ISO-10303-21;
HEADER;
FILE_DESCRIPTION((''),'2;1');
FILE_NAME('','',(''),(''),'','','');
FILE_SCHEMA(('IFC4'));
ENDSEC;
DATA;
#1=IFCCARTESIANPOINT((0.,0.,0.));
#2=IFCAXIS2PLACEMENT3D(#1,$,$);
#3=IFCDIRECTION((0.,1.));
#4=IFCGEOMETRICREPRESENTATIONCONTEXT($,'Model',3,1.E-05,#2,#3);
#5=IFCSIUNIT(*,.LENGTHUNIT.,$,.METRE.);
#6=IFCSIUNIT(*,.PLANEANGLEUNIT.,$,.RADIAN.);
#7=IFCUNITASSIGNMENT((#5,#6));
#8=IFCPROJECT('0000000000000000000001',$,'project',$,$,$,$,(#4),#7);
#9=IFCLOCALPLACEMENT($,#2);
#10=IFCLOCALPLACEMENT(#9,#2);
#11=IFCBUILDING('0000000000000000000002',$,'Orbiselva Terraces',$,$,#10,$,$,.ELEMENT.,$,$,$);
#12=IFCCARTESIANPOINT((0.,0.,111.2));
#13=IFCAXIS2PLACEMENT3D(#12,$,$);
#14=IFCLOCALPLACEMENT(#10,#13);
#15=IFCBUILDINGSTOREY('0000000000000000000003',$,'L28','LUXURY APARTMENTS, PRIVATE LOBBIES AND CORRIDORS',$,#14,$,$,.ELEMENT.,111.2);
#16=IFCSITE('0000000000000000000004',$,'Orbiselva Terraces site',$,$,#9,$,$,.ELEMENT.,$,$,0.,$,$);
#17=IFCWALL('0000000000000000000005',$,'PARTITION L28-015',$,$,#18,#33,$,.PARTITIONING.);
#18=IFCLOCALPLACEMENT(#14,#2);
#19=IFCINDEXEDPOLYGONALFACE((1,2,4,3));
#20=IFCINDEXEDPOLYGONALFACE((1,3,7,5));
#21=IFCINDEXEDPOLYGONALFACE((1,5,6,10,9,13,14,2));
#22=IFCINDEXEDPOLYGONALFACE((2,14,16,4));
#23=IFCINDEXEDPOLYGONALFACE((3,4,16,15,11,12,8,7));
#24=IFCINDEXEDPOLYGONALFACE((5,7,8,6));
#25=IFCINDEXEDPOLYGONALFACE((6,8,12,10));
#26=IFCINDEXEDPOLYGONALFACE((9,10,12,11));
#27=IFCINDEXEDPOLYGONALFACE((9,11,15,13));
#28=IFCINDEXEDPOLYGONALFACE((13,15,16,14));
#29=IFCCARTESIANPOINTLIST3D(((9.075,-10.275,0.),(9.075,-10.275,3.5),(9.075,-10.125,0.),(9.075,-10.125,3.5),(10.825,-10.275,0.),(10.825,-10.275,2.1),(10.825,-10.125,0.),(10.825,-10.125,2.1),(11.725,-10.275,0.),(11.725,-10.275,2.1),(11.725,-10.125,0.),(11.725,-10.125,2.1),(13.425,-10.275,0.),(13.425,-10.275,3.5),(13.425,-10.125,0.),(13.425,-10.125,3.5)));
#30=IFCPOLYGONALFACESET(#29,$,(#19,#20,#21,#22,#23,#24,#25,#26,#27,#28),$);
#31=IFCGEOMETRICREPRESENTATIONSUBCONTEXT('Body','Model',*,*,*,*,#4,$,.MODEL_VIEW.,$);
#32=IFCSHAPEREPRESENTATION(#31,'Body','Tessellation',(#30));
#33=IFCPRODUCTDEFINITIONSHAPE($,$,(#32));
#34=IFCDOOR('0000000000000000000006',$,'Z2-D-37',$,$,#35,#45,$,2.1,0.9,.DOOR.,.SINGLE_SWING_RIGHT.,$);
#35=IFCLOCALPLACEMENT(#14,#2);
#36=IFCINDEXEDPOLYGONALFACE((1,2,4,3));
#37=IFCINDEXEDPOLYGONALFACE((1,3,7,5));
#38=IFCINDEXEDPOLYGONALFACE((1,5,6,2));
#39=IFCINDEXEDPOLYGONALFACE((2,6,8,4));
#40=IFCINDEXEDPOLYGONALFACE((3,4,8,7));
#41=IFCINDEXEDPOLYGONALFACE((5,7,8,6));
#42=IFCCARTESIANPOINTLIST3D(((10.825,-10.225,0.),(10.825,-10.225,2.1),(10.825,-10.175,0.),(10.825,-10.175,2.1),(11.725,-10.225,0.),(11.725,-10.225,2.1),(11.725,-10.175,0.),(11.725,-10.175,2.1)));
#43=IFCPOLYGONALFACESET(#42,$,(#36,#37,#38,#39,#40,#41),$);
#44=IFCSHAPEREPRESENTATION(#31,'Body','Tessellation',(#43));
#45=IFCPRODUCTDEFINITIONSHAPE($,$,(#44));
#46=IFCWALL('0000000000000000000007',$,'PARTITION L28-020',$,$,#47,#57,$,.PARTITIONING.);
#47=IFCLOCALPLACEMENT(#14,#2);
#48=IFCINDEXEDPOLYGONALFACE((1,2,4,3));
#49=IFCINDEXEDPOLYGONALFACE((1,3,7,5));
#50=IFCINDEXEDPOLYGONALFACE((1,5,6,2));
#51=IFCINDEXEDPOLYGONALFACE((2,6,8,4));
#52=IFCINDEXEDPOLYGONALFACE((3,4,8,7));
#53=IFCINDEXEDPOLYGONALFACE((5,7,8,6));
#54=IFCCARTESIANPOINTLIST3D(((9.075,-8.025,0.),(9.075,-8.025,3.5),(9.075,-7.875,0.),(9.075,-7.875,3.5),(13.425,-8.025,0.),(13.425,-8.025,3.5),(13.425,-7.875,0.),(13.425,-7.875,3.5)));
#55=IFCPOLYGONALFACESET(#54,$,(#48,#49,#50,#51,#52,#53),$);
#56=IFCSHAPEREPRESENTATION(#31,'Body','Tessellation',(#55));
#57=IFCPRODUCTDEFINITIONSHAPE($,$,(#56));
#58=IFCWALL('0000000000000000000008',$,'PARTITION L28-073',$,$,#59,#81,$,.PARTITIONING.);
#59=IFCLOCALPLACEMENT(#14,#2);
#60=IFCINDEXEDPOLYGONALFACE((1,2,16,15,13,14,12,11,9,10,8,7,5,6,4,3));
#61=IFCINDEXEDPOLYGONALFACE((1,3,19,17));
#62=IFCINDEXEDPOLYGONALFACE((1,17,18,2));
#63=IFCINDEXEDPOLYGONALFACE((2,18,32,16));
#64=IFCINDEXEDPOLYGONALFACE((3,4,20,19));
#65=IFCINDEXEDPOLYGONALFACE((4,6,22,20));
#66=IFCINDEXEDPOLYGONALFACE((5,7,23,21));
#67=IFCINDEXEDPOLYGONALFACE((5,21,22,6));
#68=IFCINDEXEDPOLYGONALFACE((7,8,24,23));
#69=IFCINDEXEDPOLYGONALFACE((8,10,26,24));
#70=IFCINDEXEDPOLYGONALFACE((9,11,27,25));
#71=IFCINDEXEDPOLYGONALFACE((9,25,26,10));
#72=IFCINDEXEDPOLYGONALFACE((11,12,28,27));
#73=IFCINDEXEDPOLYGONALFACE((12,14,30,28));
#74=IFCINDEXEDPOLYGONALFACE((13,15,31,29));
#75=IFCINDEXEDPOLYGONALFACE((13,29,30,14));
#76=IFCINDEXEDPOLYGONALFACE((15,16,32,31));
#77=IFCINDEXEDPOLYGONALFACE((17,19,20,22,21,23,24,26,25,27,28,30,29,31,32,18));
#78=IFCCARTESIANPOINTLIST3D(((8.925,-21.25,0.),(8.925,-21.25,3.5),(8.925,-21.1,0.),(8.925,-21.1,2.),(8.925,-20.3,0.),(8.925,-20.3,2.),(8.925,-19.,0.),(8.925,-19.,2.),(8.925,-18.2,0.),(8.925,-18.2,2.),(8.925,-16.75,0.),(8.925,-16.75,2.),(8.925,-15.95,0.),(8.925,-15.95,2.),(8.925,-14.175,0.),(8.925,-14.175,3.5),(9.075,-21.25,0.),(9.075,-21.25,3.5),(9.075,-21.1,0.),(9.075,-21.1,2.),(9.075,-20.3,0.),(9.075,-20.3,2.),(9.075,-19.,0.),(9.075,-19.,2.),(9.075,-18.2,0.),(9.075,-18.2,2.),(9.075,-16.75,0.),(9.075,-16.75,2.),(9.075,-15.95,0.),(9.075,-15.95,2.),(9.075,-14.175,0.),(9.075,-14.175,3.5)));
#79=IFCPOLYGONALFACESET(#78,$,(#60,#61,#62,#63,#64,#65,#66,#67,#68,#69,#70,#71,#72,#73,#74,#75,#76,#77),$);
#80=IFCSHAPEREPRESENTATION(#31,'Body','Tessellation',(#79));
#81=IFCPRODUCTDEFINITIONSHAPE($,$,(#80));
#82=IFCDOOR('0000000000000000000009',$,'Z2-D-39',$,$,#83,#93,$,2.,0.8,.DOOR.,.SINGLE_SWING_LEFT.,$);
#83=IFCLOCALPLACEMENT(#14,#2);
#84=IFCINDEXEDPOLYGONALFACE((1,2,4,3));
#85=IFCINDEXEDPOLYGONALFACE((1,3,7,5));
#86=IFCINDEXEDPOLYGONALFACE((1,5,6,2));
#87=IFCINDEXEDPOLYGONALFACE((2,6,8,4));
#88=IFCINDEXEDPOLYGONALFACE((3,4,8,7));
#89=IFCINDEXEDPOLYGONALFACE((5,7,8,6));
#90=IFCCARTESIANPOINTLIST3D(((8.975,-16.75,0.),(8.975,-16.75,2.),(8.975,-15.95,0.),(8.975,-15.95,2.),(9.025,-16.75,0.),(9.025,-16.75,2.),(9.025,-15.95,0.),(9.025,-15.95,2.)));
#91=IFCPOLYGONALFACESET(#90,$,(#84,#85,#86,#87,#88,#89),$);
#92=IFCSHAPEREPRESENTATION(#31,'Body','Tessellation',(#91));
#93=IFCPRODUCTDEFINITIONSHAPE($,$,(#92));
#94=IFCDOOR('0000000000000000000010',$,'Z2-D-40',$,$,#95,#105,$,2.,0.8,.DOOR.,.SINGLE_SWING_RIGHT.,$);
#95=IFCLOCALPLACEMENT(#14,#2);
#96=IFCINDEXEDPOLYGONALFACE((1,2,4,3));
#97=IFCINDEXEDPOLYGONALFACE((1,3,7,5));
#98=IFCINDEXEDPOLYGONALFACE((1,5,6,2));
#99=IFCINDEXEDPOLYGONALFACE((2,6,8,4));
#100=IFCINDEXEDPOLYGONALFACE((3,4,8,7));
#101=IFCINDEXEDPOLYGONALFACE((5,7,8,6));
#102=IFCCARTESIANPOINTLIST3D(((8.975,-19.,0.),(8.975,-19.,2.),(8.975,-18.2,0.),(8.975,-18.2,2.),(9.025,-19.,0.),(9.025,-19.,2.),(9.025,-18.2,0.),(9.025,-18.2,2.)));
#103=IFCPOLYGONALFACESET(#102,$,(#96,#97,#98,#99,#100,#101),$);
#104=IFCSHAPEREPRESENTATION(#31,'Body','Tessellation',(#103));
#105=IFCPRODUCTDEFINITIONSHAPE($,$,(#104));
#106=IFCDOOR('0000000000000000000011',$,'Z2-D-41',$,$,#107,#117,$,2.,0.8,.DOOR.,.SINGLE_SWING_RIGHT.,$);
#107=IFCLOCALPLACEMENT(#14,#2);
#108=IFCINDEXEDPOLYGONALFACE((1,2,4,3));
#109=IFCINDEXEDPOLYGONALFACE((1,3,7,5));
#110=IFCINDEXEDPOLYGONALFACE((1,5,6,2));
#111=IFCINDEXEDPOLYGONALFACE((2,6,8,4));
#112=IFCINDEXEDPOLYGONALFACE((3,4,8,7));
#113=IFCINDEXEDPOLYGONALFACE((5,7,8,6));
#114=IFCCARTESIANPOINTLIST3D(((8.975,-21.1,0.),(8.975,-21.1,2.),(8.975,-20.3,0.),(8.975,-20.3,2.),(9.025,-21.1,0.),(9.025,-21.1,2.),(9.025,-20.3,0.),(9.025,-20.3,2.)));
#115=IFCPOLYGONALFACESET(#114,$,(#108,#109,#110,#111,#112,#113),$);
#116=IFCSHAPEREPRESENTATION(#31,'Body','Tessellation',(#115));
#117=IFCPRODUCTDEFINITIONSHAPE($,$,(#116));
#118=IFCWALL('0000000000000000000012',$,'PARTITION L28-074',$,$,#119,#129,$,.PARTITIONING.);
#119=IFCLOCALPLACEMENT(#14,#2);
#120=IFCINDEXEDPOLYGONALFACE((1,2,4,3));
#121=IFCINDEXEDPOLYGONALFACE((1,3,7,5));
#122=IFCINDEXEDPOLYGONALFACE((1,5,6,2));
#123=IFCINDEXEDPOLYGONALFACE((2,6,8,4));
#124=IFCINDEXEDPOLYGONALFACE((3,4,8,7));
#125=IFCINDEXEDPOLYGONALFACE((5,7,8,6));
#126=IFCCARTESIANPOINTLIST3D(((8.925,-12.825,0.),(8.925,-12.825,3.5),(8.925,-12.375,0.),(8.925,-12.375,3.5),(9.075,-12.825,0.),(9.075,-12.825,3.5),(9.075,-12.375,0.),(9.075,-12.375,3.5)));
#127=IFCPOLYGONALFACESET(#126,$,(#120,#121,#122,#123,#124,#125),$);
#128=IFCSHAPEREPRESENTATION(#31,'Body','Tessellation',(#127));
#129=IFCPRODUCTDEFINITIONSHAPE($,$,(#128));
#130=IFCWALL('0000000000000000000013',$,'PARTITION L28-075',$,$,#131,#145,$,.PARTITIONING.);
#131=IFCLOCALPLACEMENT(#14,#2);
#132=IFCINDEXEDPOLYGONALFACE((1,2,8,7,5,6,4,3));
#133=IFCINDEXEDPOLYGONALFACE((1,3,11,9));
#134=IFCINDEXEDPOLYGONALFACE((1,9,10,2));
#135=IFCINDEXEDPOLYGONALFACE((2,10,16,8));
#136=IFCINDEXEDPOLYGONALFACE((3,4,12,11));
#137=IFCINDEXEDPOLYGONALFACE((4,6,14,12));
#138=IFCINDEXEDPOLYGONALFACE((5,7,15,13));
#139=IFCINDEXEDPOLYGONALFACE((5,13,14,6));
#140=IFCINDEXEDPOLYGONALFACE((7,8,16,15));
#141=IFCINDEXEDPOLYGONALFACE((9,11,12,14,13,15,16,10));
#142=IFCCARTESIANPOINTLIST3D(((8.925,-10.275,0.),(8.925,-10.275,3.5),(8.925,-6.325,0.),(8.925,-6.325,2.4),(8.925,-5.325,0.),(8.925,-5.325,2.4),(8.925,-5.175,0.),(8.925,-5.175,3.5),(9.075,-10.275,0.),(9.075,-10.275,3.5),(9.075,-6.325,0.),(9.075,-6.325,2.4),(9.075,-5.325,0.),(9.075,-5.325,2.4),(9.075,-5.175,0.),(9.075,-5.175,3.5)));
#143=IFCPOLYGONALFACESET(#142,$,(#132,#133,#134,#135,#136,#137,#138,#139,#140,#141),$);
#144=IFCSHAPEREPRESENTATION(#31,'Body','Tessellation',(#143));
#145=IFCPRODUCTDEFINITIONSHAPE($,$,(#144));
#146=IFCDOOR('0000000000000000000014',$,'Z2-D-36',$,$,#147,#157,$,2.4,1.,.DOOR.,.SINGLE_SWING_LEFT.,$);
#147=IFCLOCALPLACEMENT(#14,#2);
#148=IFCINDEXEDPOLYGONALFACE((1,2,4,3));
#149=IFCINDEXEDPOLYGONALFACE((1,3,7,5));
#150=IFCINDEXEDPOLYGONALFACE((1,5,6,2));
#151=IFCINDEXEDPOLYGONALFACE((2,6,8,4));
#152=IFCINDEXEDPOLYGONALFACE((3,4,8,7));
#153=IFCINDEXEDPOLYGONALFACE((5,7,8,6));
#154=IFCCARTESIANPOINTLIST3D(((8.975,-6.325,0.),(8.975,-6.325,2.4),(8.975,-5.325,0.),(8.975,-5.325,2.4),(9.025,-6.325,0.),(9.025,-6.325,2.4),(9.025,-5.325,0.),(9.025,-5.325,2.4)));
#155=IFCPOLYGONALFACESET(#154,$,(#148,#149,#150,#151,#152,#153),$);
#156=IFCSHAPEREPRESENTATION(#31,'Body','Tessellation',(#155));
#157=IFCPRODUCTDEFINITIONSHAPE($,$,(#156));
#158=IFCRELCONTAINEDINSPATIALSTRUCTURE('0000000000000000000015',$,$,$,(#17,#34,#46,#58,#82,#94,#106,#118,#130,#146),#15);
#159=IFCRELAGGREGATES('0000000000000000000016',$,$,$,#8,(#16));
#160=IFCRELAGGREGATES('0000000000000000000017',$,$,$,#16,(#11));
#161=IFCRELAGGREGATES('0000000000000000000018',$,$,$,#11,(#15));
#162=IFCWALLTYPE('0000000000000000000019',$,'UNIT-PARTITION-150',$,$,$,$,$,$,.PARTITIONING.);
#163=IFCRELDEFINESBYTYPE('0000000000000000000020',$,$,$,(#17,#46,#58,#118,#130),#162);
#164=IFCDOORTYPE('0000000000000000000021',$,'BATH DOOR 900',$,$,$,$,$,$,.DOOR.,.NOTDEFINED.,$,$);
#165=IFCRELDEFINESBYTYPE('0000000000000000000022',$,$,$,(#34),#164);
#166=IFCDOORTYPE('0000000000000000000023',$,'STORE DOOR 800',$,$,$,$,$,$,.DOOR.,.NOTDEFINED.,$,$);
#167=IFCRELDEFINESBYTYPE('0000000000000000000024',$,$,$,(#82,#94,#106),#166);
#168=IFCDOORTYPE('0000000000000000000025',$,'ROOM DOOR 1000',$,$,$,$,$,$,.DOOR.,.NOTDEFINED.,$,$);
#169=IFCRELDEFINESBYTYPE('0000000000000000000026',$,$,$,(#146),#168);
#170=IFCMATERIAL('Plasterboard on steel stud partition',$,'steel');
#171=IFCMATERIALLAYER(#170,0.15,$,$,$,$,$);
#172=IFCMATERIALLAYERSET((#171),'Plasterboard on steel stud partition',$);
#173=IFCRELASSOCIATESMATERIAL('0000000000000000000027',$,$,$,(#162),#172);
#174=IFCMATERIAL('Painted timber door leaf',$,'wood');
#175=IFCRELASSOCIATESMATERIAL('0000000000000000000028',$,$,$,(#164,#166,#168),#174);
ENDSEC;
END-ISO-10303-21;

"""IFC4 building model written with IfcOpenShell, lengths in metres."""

from ifc_helpers import new_model, si_unit, direction, frame, frame_2d, origin, place, context, subcontext, project, spatial, rectangle, extrude, material, layer, layer_set, type_object, element, fill, save


model = new_model("IFC4")

# Units and contexts
model_context = context("Model", 3, precision=1e-05, world=origin(), true_north=direction((0.0, 1.0)))
body_context = subcontext(model_context, "Body", "Model", "MODEL_VIEW")
ifc_project = project(units=[si_unit("LENGTHUNIT", "METRE"), si_unit("PLANEANGLEUNIT", "RADIAN")], contexts=[model_context])

# Site, building, storey
site_placement = place(None, origin())
site = spatial("IfcSite", under=ifc_project, at=site_placement, Name="Orbiselva Terraces site", CompositionType="ELEMENT", RefElevation=0.0)
building_placement = place(site_placement, origin())
building = spatial("IfcBuilding", under=site, at=building_placement, Name="Orbiselva Terraces", CompositionType="ELEMENT")
storey_placement = place(building_placement, frame((0.0, 0.0, 111.2)))
storey = spatial("IfcBuildingStorey", under=building, at=storey_placement, Name="L28", Description="LUXURY APARTMENTS, PRIVATE LOBBIES AND CORRIDORS", CompositionType="ELEMENT", Elevation=111.2)

# Shared definitions
ifc_material_1 = material(Name="Plasterboard on steel stud partition", Category="steel")
ifc_layer_1 = layer(ifc_material_1, 0.15)
ifc_layer_set_1 = layer_set([ifc_layer_1], Name="Plasterboard on steel stud partition")
wall_type_1 = type_object("IfcWallType", Name="UNIT-PARTITION-150", PredefinedType="PARTITIONING", material=ifc_layer_set_1)

# Wall, opening, door
wall_1_placement = place(storey_placement, frame((9.075, -10.2, 0.0), z_axis=(0.0, 0.0, 1.0), x_axis=(1.0, 0.0, 0.0)))
wall_1 = element("IfcWall", 1, at=wall_1_placement, inside=storey, type_object=wall_type_1, Name="PARTITION L28-015", PredefinedType="PARTITIONING", context=body_context, shape_type="SweptSolid", body=[
    extrude(rectangle(XDim=4.35, YDim=0.15, at=frame_2d((2.175, 0.0))), origin(), (0.0, 0.0, 1.0), 3.5),
])
opening_1_placement = place(wall_1_placement, frame((1.75, 0.0, 0.0)))
opening_1 = element("IfcOpeningElement", 2, at=opening_1_placement, cuts=wall_1, PredefinedType="OPENING", context=body_context, shape_type="SweptSolid", body=[
    extrude(rectangle(XDim=0.9, YDim=2.1, at=frame_2d((0.45, 1.05))), frame((0.0, 0.085, 0.0), z_axis=(0.0, -1.0, 0.0), x_axis=(1.0, 0.0, 0.0)), (0.0, 0.0, 1.0), 0.17),
])
ifc_material_2 = material(Name="Painted timber door leaf", Category="wood")
door_type_1 = type_object("IfcDoorType", Name="BATH DOOR 900", OperationType="NOTDEFINED", PredefinedType="DOOR", material=ifc_material_2)
door_1_placement = place(opening_1_placement, origin())
door_1 = element("IfcDoor", 3, at=door_1_placement, inside=storey, type_object=door_type_1, Name="Z2-D-37", OperationType="SINGLE_SWING_RIGHT", OverallHeight=2.1, OverallWidth=0.9, PredefinedType="DOOR", context=body_context, shape_type="SweptSolid", body=[
    extrude(rectangle(XDim=0.9, YDim=2.1, at=frame_2d((0.45, 1.05))), frame((0.0, 0.025, 0.0), z_axis=(0.0, -1.0, 0.0), x_axis=(1.0, 0.0, 0.0)), (0.0, 0.0, 1.0), 0.05),
])
fill(opening_1, door_1)

# Wall
wall_2_placement = place(storey_placement, frame((9.075, -7.95, 0.0), z_axis=(0.0, 0.0, 1.0), x_axis=(1.0, 0.0, 0.0)))
element("IfcWall", 4, at=wall_2_placement, inside=storey, type_object=wall_type_1, Name="PARTITION L28-020", PredefinedType="PARTITIONING", context=body_context, shape_type="SweptSolid", body=[
    extrude(rectangle(XDim=4.35, YDim=0.15, at=frame_2d((2.175, 0.0))), origin(), (0.0, 0.0, 1.0), 3.5),
])

# Wall, openings, doors
wall_3_placement = place(storey_placement, frame((9.0, -14.175, 0.0), z_axis=(0.0, 0.0, 1.0), x_axis=(0.0, -1.0, 0.0)))
wall_3 = element("IfcWall", 5, at=wall_3_placement, inside=storey, type_object=wall_type_1, Name="PARTITION L28-073", PredefinedType="PARTITIONING", context=body_context, shape_type="SweptSolid", body=[
    extrude(rectangle(XDim=7.075, YDim=0.15, at=frame_2d((3.5375, 0.0))), origin(), (0.0, 0.0, 1.0), 3.5),
])
opening_2_placement = place(wall_3_placement, frame((1.775, 0.0, 0.0)))
opening_2 = element("IfcOpeningElement", 6, at=opening_2_placement, cuts=wall_3, PredefinedType="OPENING", context=body_context, shape_type="SweptSolid", body=[
    extrude(rectangle(XDim=0.8, YDim=2.0, at=frame_2d((0.4, 1.0))), frame((0.0, 0.085, 0.0), z_axis=(0.0, -1.0, 0.0), x_axis=(1.0, 0.0, 0.0)), (0.0, 0.0, 1.0), 0.17),
])
opening_3_placement = place(wall_3_placement, frame((4.025, 0.0, 0.0)))
opening_3 = element("IfcOpeningElement", 7, at=opening_3_placement, cuts=wall_3, PredefinedType="OPENING", context=body_context, shape_type="SweptSolid", body=[
    extrude(rectangle(XDim=0.8, YDim=2.0, at=frame_2d((0.4, 1.0))), frame((0.0, 0.085, 0.0), z_axis=(0.0, -1.0, 0.0), x_axis=(1.0, 0.0, 0.0)), (0.0, 0.0, 1.0), 0.17),
])
opening_4_placement = place(wall_3_placement, frame((6.125, 0.0, 0.0)))
opening_4 = element("IfcOpeningElement", 8, at=opening_4_placement, cuts=wall_3, PredefinedType="OPENING", context=body_context, shape_type="SweptSolid", body=[
    extrude(rectangle(XDim=0.8, YDim=2.0, at=frame_2d((0.4, 1.0))), frame((0.0, 0.085, 0.0), z_axis=(0.0, -1.0, 0.0), x_axis=(1.0, 0.0, 0.0)), (0.0, 0.0, 1.0), 0.17),
])
door_type_2 = type_object("IfcDoorType", Name="STORE DOOR 800", OperationType="NOTDEFINED", PredefinedType="DOOR", material=ifc_material_2)
door_2_placement = place(opening_2_placement, origin())
door_2 = element("IfcDoor", 9, at=door_2_placement, inside=storey, type_object=door_type_2, Name="Z2-D-39", OperationType="SINGLE_SWING_LEFT", OverallHeight=2.0, OverallWidth=0.8, PredefinedType="DOOR", context=body_context, shape_type="SweptSolid", body=[
    extrude(rectangle(XDim=0.8, YDim=2.0, at=frame_2d((0.4, 1.0))), frame((0.0, 0.025, 0.0), z_axis=(0.0, -1.0, 0.0), x_axis=(1.0, 0.0, 0.0)), (0.0, 0.0, 1.0), 0.05),
])
fill(opening_2, door_2)
door_3_placement = place(opening_3_placement, origin())
door_3 = element("IfcDoor", 10, at=door_3_placement, inside=storey, type_object=door_type_2, Name="Z2-D-40", OperationType="SINGLE_SWING_RIGHT", OverallHeight=2.0, OverallWidth=0.8, PredefinedType="DOOR", context=body_context, shape_type="SweptSolid", body=[
    extrude(rectangle(XDim=0.8, YDim=2.0, at=frame_2d((0.4, 1.0))), frame((0.0, 0.025, 0.0), z_axis=(0.0, -1.0, 0.0), x_axis=(1.0, 0.0, 0.0)), (0.0, 0.0, 1.0), 0.05),
])
fill(opening_3, door_3)
door_4_placement = place(opening_4_placement, origin())
door_4 = element("IfcDoor", 11, at=door_4_placement, inside=storey, type_object=door_type_2, Name="Z2-D-41", OperationType="SINGLE_SWING_RIGHT", OverallHeight=2.0, OverallWidth=0.8, PredefinedType="DOOR", context=body_context, shape_type="SweptSolid", body=[
    extrude(rectangle(XDim=0.8, YDim=2.0, at=frame_2d((0.4, 1.0))), frame((0.0, 0.025, 0.0), z_axis=(0.0, -1.0, 0.0), x_axis=(1.0, 0.0, 0.0)), (0.0, 0.0, 1.0), 0.05),
])
fill(opening_4, door_4)

# Wall
wall_4_placement = place(storey_placement, frame((9.0, -12.825, 0.0), z_axis=(0.0, 0.0, 1.0), x_axis=(0.0, 1.0, 0.0)))
element("IfcWall", 12, at=wall_4_placement, inside=storey, type_object=wall_type_1, Name="PARTITION L28-074", PredefinedType="PARTITIONING", context=body_context, shape_type="SweptSolid", body=[
    extrude(rectangle(XDim=0.45, YDim=0.15, at=frame_2d((0.225, 0.0))), origin(), (0.0, 0.0, 1.0), 3.5),
])

# Wall, opening, door
wall_5_placement = place(storey_placement, frame((9.0, -5.175, 0.0), z_axis=(0.0, 0.0, 1.0), x_axis=(0.0, -1.0, 0.0)))
wall_5 = element("IfcWall", 13, at=wall_5_placement, inside=storey, type_object=wall_type_1, Name="PARTITION L28-075", PredefinedType="PARTITIONING", context=body_context, shape_type="SweptSolid", body=[
    extrude(rectangle(XDim=5.1, YDim=0.15, at=frame_2d((2.55, 0.0))), origin(), (0.0, 0.0, 1.0), 3.5),
])
opening_5_placement = place(wall_5_placement, frame((0.15, 0.0, 0.0)))
opening_5 = element("IfcOpeningElement", 14, at=opening_5_placement, cuts=wall_5, PredefinedType="OPENING", context=body_context, shape_type="SweptSolid", body=[
    extrude(rectangle(XDim=1.0, YDim=2.4, at=frame_2d((0.5, 1.2))), frame((0.0, 0.085, 0.0), z_axis=(0.0, -1.0, 0.0), x_axis=(1.0, 0.0, 0.0)), (0.0, 0.0, 1.0), 0.17),
])
door_type_3 = type_object("IfcDoorType", Name="ROOM DOOR 1000", OperationType="NOTDEFINED", PredefinedType="DOOR", material=ifc_material_2)
door_5_placement = place(opening_5_placement, origin())
door_5 = element("IfcDoor", 15, at=door_5_placement, inside=storey, type_object=door_type_3, Name="Z2-D-36", OperationType="SINGLE_SWING_LEFT", OverallHeight=2.4, OverallWidth=1.0, PredefinedType="DOOR", context=body_context, shape_type="SweptSolid", body=[
    extrude(rectangle(XDim=1.0, YDim=2.4, at=frame_2d((0.5, 1.2))), frame((0.0, 0.025, 0.0), z_axis=(0.0, -1.0, 0.0), x_axis=(1.0, 0.0, 0.0)), (0.0, 0.0, 1.0), 0.05),
])
fill(opening_5, door_5)

save(model, "model.ifc")
